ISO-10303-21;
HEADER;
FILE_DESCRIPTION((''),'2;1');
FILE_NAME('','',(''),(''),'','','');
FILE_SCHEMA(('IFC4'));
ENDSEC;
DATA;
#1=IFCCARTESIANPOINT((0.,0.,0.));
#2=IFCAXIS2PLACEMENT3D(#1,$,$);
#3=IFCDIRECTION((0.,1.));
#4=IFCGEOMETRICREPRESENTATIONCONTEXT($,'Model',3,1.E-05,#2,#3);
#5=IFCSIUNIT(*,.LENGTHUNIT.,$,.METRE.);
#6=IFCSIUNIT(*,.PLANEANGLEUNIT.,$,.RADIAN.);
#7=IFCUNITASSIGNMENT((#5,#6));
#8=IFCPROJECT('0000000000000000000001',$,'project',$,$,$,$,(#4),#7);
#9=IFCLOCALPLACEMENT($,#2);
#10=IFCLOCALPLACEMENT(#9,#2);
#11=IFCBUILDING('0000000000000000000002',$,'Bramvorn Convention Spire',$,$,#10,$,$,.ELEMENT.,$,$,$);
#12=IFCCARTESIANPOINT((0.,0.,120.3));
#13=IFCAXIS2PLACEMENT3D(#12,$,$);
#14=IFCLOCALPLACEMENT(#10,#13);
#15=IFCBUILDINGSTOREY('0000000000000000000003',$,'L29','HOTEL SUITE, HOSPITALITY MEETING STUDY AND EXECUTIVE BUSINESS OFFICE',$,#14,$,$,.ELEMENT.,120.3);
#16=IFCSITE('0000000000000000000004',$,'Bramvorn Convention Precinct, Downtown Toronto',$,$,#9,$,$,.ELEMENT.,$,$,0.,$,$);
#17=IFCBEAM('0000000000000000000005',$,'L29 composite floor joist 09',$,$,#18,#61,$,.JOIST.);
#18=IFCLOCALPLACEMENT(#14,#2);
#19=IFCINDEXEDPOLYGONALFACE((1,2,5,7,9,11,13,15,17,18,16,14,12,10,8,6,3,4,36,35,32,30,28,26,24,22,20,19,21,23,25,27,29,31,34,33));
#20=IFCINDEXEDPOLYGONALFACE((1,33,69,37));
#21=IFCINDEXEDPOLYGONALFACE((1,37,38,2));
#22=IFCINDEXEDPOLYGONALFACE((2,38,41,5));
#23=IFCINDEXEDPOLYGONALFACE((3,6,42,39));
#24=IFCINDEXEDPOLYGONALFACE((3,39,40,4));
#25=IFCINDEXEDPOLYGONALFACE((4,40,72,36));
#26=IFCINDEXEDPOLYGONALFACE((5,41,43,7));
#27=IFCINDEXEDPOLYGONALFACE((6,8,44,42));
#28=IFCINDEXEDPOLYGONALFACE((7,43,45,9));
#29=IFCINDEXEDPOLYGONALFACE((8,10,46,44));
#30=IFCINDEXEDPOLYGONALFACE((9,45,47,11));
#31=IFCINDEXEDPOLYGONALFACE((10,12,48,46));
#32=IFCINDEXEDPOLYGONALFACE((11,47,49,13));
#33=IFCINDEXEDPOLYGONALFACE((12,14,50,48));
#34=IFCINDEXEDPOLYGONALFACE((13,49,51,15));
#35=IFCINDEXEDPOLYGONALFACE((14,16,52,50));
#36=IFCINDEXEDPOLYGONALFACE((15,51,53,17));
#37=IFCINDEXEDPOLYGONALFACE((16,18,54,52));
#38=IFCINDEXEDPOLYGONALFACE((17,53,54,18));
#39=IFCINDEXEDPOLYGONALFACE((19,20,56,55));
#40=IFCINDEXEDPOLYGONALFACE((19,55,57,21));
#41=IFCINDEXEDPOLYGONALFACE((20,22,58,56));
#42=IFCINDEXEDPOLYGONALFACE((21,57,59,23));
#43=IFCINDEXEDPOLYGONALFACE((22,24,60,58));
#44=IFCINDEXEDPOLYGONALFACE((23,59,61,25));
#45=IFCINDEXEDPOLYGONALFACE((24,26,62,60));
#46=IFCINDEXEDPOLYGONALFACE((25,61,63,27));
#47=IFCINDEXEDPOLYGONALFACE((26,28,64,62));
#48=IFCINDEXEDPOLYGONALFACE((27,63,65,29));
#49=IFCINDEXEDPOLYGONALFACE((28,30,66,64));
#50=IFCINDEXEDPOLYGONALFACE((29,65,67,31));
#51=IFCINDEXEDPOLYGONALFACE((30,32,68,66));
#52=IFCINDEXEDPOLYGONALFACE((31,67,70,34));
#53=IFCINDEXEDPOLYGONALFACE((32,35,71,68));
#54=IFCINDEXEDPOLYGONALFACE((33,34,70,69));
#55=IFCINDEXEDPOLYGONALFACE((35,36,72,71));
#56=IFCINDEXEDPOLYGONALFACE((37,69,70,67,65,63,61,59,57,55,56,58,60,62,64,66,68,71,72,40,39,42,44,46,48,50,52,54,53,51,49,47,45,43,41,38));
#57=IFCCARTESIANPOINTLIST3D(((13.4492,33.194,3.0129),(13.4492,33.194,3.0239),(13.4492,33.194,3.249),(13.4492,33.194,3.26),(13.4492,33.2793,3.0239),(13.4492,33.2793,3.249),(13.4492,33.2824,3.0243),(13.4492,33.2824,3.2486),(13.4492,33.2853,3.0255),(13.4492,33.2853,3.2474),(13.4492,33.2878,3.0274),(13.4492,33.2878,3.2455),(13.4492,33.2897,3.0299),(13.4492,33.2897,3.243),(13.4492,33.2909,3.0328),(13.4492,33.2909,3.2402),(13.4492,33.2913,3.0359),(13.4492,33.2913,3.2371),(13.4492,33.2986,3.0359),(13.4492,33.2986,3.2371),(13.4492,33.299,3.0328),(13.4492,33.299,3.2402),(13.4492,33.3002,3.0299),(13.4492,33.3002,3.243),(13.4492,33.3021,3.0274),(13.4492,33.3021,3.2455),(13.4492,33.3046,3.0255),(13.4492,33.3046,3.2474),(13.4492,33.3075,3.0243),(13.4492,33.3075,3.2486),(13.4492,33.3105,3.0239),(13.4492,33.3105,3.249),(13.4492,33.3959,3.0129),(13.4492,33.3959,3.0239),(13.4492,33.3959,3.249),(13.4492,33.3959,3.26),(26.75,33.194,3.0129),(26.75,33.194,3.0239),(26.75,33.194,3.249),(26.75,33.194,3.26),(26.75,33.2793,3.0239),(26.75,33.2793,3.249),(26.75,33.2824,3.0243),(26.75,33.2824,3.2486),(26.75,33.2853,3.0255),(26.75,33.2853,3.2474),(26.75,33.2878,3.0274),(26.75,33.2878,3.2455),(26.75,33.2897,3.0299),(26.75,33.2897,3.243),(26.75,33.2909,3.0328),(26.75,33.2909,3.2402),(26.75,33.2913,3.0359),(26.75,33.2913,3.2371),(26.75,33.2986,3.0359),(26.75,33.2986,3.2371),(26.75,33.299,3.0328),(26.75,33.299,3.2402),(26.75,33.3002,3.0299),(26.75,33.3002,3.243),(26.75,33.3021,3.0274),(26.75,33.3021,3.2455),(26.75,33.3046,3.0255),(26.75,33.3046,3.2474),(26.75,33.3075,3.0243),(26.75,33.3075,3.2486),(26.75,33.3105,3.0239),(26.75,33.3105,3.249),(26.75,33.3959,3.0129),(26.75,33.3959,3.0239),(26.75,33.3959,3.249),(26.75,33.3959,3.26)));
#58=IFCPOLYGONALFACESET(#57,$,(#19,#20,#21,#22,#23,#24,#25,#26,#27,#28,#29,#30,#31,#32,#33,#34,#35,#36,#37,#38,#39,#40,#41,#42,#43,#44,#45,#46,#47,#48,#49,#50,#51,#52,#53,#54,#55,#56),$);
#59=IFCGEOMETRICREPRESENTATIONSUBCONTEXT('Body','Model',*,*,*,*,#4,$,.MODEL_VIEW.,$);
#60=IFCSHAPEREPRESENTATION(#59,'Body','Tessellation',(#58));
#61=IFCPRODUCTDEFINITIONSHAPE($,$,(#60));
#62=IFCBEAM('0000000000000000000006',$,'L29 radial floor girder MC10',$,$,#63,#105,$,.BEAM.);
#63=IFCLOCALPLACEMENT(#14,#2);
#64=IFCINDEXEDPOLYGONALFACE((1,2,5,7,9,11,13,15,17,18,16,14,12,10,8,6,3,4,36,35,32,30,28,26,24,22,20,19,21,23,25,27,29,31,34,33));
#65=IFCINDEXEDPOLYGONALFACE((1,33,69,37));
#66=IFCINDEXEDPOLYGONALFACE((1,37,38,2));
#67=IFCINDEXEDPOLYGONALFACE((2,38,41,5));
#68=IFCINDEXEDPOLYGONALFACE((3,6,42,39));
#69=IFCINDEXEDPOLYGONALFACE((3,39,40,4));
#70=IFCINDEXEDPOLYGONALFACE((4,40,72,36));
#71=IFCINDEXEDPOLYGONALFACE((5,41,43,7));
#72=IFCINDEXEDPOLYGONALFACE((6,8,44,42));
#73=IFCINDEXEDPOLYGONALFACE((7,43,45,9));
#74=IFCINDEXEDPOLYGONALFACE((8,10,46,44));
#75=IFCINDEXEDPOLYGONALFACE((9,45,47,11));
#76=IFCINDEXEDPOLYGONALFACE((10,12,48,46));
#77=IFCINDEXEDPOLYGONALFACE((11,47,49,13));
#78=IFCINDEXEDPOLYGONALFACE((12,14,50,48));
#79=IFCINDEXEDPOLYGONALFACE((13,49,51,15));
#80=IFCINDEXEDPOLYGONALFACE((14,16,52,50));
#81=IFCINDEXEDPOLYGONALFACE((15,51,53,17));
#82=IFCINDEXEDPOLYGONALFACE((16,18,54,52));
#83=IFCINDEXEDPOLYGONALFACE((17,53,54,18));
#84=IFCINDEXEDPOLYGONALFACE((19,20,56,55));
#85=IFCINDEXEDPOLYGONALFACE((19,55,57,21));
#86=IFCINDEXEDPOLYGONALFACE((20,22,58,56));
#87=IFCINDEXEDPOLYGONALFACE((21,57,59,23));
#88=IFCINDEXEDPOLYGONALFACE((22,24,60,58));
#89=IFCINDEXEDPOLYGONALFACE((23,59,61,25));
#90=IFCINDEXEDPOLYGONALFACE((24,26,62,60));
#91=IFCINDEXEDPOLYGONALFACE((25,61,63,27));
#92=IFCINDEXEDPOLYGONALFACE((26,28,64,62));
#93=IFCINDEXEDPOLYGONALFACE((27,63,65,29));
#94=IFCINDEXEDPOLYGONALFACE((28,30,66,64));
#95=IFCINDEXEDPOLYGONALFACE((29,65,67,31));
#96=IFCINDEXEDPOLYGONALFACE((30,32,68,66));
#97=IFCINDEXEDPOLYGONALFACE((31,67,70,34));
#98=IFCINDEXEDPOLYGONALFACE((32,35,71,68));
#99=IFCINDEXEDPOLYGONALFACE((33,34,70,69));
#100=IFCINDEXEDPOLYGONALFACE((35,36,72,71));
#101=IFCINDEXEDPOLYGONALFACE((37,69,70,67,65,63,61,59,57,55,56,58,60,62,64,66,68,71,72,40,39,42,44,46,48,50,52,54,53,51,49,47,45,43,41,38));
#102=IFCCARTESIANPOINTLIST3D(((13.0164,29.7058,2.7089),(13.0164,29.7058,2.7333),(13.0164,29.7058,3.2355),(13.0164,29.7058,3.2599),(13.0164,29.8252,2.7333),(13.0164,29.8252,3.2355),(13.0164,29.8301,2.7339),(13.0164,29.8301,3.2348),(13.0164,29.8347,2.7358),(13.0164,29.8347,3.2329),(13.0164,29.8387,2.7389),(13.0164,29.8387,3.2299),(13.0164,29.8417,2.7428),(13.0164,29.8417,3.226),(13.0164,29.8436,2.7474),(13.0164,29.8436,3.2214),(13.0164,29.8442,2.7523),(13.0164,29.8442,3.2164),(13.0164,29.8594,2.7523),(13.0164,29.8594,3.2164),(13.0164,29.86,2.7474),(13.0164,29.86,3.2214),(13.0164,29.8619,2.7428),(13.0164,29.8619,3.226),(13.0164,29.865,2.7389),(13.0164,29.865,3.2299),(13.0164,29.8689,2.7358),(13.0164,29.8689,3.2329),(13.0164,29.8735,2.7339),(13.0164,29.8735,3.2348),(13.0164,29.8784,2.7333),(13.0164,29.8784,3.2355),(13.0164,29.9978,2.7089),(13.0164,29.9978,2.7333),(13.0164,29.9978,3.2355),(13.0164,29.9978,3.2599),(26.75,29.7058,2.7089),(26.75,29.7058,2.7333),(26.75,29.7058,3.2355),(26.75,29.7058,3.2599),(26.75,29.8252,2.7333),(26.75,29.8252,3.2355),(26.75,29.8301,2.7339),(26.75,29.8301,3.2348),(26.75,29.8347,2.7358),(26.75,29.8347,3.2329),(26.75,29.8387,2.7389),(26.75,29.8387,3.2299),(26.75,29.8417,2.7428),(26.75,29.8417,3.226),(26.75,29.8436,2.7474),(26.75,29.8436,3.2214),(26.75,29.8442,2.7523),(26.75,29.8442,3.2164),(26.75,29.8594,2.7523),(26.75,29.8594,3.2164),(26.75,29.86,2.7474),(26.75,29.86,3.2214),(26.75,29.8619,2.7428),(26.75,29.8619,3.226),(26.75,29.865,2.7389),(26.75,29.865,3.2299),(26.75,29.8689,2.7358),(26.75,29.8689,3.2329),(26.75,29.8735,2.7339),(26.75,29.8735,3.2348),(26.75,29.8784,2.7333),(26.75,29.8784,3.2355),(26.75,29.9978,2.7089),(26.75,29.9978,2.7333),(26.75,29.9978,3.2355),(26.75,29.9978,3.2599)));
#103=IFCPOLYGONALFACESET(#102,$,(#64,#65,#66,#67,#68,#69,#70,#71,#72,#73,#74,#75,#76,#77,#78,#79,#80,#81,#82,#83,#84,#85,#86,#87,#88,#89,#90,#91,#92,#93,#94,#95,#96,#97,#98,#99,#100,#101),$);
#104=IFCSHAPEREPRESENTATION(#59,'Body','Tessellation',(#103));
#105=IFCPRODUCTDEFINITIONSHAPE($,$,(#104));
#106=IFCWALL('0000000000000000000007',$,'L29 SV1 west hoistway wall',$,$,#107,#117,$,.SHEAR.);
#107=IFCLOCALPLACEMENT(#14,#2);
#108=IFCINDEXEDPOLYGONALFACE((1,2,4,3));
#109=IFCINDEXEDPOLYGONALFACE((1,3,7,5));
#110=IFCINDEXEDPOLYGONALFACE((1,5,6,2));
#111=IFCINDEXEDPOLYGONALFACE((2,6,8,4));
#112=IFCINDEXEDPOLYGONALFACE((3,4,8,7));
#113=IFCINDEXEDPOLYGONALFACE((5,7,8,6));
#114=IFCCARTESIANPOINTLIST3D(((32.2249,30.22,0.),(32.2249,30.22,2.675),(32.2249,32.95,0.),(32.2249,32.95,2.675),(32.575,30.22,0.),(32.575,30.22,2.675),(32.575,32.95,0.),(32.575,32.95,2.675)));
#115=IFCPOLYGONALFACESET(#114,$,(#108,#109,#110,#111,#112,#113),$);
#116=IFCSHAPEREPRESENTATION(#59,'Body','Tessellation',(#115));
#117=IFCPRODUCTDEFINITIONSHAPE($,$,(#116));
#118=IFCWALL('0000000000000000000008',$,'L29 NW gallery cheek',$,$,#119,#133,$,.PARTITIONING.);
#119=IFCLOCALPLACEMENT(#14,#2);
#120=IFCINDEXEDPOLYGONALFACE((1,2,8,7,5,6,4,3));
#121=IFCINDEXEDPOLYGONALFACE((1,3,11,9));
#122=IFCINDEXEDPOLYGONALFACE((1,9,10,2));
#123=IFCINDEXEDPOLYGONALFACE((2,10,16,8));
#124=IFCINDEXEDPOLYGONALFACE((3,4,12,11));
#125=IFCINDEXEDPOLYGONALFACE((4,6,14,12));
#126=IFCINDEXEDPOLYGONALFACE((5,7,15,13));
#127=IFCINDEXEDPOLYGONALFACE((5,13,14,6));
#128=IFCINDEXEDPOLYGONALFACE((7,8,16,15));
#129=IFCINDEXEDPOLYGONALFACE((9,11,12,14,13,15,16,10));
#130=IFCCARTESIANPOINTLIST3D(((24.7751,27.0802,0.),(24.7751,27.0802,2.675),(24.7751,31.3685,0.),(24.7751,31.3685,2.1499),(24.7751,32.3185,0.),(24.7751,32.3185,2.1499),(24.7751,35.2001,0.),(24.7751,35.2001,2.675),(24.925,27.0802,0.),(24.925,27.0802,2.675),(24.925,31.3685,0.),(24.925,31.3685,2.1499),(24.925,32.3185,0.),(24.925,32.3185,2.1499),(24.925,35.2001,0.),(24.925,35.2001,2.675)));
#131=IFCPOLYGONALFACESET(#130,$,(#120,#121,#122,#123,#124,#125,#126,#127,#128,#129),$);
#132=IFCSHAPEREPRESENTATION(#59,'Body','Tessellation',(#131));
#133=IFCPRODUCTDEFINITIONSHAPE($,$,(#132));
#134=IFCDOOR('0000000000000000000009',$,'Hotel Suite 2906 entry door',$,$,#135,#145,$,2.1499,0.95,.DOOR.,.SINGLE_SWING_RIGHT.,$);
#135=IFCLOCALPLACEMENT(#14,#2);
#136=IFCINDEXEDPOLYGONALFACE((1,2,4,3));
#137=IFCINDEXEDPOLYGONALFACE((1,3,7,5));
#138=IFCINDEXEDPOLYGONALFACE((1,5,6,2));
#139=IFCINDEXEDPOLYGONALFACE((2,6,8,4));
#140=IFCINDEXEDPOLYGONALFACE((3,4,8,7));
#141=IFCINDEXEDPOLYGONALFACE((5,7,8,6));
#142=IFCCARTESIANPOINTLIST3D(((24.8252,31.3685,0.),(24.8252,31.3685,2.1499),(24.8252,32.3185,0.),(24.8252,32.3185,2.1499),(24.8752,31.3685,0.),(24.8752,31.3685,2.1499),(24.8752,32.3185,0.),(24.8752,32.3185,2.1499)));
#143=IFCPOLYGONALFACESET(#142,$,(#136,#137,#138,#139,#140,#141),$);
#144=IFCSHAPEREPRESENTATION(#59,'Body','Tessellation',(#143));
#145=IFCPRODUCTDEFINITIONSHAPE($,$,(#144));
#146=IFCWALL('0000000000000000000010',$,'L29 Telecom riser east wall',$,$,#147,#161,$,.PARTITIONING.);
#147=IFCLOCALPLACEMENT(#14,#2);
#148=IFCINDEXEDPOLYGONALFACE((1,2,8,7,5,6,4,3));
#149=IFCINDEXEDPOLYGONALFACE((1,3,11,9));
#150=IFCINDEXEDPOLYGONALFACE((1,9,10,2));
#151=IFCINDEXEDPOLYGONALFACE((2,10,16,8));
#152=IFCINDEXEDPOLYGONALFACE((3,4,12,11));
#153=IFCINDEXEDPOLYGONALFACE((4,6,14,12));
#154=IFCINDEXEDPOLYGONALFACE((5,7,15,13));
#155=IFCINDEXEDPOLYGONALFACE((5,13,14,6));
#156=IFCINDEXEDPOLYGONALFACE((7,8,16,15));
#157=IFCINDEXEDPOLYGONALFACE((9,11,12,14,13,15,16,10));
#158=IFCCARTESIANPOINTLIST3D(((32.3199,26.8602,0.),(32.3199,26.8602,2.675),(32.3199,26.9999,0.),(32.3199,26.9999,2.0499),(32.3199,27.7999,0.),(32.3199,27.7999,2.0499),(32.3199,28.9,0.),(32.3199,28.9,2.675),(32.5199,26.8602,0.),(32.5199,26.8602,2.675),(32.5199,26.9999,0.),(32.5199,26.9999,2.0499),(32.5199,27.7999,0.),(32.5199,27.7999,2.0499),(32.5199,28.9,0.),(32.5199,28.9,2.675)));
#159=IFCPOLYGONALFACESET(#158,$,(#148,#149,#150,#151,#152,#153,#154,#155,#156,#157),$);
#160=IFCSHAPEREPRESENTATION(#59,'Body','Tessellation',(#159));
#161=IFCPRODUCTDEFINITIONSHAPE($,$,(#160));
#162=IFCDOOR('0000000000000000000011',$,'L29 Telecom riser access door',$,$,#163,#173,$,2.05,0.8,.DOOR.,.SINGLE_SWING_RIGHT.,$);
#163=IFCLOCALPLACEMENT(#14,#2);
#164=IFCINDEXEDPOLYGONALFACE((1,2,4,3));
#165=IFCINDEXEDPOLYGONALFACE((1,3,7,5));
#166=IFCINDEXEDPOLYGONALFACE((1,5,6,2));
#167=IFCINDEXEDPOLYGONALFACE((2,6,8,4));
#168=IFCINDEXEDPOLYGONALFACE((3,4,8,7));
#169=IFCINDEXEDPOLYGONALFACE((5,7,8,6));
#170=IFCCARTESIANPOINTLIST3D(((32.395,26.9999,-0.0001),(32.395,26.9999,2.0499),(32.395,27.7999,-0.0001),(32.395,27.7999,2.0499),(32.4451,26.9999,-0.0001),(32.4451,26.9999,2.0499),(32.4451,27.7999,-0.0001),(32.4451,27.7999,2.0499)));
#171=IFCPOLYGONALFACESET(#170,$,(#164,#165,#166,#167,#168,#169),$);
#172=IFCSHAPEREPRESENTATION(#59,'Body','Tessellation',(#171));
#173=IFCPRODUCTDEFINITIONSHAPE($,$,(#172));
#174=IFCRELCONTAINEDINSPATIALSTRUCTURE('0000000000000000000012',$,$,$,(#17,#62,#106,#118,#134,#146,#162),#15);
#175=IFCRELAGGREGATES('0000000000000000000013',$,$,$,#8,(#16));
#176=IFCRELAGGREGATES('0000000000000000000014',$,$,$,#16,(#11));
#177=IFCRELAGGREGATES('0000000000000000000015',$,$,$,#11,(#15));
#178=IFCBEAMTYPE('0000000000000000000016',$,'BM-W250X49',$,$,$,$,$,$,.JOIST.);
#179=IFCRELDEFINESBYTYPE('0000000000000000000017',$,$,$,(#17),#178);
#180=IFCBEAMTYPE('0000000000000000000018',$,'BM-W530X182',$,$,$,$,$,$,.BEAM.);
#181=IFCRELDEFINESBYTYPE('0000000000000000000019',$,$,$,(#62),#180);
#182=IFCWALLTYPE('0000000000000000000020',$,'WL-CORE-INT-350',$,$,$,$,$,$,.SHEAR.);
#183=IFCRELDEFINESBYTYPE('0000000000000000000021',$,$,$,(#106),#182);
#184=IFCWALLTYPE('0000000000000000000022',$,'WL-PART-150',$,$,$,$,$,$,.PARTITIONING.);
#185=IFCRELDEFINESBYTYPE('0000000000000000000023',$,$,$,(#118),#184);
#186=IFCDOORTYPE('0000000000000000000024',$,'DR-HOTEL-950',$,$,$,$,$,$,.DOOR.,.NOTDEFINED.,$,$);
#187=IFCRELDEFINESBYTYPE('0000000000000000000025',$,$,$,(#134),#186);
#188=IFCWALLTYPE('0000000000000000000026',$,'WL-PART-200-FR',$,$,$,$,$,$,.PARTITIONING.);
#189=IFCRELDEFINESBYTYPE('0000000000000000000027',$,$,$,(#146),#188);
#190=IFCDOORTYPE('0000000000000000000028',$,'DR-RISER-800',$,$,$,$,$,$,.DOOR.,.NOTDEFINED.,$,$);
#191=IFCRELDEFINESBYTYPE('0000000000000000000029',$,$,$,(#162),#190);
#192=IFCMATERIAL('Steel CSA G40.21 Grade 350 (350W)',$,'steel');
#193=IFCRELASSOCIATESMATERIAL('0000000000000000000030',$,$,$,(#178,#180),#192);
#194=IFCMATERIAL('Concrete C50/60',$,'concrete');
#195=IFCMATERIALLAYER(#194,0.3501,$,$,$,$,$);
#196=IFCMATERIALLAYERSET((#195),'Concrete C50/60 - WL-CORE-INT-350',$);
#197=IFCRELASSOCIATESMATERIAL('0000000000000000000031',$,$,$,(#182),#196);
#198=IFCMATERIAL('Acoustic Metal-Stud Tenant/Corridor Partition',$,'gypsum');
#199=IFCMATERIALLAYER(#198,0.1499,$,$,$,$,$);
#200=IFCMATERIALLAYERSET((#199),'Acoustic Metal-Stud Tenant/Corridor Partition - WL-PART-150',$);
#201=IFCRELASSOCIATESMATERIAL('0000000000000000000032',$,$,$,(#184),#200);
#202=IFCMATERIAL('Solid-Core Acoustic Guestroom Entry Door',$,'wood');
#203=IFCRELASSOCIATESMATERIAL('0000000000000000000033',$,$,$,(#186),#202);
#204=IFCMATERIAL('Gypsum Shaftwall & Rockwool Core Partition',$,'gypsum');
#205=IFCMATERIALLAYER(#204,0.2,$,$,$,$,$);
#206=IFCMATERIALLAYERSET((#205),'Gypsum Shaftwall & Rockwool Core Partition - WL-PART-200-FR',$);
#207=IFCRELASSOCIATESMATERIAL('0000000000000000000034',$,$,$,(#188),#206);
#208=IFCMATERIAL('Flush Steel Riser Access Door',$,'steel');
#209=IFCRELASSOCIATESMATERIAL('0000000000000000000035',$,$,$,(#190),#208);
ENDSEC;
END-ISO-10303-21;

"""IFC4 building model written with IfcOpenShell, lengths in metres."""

from ifc_helpers import new_model, si_unit, direction, frame, frame_2d, origin, origin_2d, place, context, subcontext, project, spatial, rectangle, i_section, extrude, material, layer, layer_set, material_profile, profile_set, type_object, element, fill, save


model = new_model("IFC4")

# Units and contexts
model_context = context("Model", 3, precision=1e-05, world=origin(), true_north=direction((0.0, 1.0)))
body_context = subcontext(model_context, "Body", "Model", "MODEL_VIEW")
ifc_project = project(units=[si_unit("LENGTHUNIT", "METRE"), si_unit("PLANEANGLEUNIT", "RADIAN")], contexts=[model_context])

# Site, building, storey
site_placement = place(None, origin())
site = spatial("IfcSite", under=ifc_project, at=site_placement, Name="Bramvorn Convention Precinct, Downtown Toronto", CompositionType="ELEMENT", RefElevation=0.0)
building_placement = place(site_placement, origin())
building = spatial("IfcBuilding", under=site, at=building_placement, Name="Bramvorn Convention Spire", CompositionType="ELEMENT")
storey_placement = place(building_placement, frame((0.0, 0.0, 120.3)))
storey = spatial("IfcBuildingStorey", under=building, at=storey_placement, Name="L29", Description="HOTEL SUITE, HOSPITALITY MEETING STUDY AND EXECUTIVE BUSINESS OFFICE", CompositionType="ELEMENT", Elevation=120.3)

# Beams
ifc_material_1 = material(Name="Steel CSA G40.21 Grade 350 (350W)", Category="steel")
ifc_material_profile_1 = material_profile(ifc_material_1, i_section(OverallWidth=0.2019, OverallDepth=0.2471, WebThickness=0.0073, FlangeThickness=0.011, FilletRadius=0.012, at=origin_2d()))
ifc_profile_set_1 = profile_set([ifc_material_profile_1], Name="Steel CSA G40.21 Grade 350 (350W) - W250X49")
beam_type_1 = type_object("IfcBeamType", Name="BM-W250X49", PredefinedType="JOIST", material=ifc_profile_set_1)
beam_1_placement = place(storey_placement, frame((26.75, 33.2949, 3.1365), z_axis=(-1.0, 0.0, 0.0), x_axis=(0.0, -1.0, 0.0)))
element("IfcBeam", 1, at=beam_1_placement, inside=storey, type_object=beam_type_1, Name="L29 composite floor joist 09", PredefinedType="JOIST", context=body_context, shape_type="SweptSolid", body=[
    extrude(i_section(OverallWidth=0.2019, OverallDepth=0.2471, WebThickness=0.0073, FlangeThickness=0.011, FilletRadius=0.012, at=origin_2d()), origin(), (0.0, 0.0, 1.0), 13.3008),
])
ifc_material_profile_2 = material_profile(ifc_material_1, i_section(OverallWidth=0.292, OverallDepth=0.551, WebThickness=0.0151, FlangeThickness=0.0244, FilletRadius=0.019, at=origin_2d()))
ifc_profile_set_2 = profile_set([ifc_material_profile_2], Name="Steel CSA G40.21 Grade 350 (350W) - W530X182")
beam_type_2 = type_object("IfcBeamType", Name="BM-W530X182", PredefinedType="BEAM", material=ifc_profile_set_2)
beam_2_placement = place(storey_placement, frame((26.75, 29.8518, 2.9844), z_axis=(-1.0, 0.0, 0.0), x_axis=(0.0, -1.0, 0.0)))
element("IfcBeam", 2, at=beam_2_placement, inside=storey, type_object=beam_type_2, Name="L29 radial floor girder MC10", PredefinedType="BEAM", context=body_context, shape_type="SweptSolid", body=[
    extrude(i_section(OverallWidth=0.292, OverallDepth=0.551, WebThickness=0.0151, FlangeThickness=0.0244, FilletRadius=0.019, at=origin_2d()), origin(), (0.0, 0.0, 1.0), 13.7336),
])

# Shared definitions
ifc_material_2 = material(Name="Concrete C50/60", Category="concrete")
ifc_layer_1 = layer(ifc_material_2, 0.3501)
ifc_layer_set_1 = layer_set([ifc_layer_1], Name="Concrete C50/60 - WL-CORE-INT-350")
wall_type_1 = type_object("IfcWallType", Name="WL-CORE-INT-350", PredefinedType="SHEAR", material=ifc_layer_set_1)

# Wall
wall_1_placement = place(storey_placement, frame((32.3999, 30.22, 0.0), z_axis=(0.0, 0.0, 1.0), x_axis=(0.0, 1.0, 0.0)))
element("IfcWall", 3, at=wall_1_placement, inside=storey, type_object=wall_type_1, Name="L29 SV1 west hoistway wall", PredefinedType="SHEAR", context=body_context, shape_type="SweptSolid", body=[
    extrude(rectangle(XDim=2.73, YDim=0.3501, at=frame_2d((1.365, 0.0))), origin(), (0.0, 0.0, 1.0), 2.675),
])

# Walls, openings, doors
ifc_material_3 = material(Name="Acoustic Metal-Stud Tenant/Corridor Partition", Category="gypsum")
ifc_layer_2 = layer(ifc_material_3, 0.1499)
ifc_layer_set_2 = layer_set([ifc_layer_2], Name="Acoustic Metal-Stud Tenant/Corridor Partition - WL-PART-150")
wall_type_2 = type_object("IfcWallType", Name="WL-PART-150", PredefinedType="PARTITIONING", material=ifc_layer_set_2)
wall_2_placement = place(storey_placement, frame((24.8501, 27.0801, 0.0), z_axis=(0.0, 0.0, 1.0), x_axis=(0.0, 1.0, 0.0)))
wall_2 = element("IfcWall", 4, at=wall_2_placement, inside=storey, type_object=wall_type_2, Name="L29 NW gallery cheek", PredefinedType="PARTITIONING", context=body_context, shape_type="SweptSolid", body=[
    extrude(rectangle(XDim=8.1199, YDim=0.1499, at=frame_2d((4.0601, 0.0))), origin(), (0.0, 0.0, 1.0), 2.675),
])
opening_1_placement = place(wall_2_placement, frame((4.2883, 0.0, 0.0)))
opening_1 = element("IfcOpeningElement", 5, at=opening_1_placement, cuts=wall_2, PredefinedType="OPENING", context=body_context, shape_type="SweptSolid", body=[
    extrude(rectangle(XDim=0.95, YDim=2.1499, at=frame_2d((0.4751, 1.075))), frame((0.0, 0.085, 0.0), z_axis=(0.0, -1.0, 0.0), x_axis=(1.0, 0.0, 0.0)), (0.0, 0.0, 1.0), 0.1699),
])
ifc_material_4 = material(Name="Solid-Core Acoustic Guestroom Entry Door", Category="wood")
door_type_1 = type_object("IfcDoorType", Name="DR-HOTEL-950", OperationType="NOTDEFINED", PredefinedType="DOOR", material=ifc_material_4)
door_1_placement = place(opening_1_placement, origin())
door_1 = element("IfcDoor", 6, at=door_1_placement, inside=storey, type_object=door_type_1, Name="Hotel Suite 2906 entry door", OperationType="SINGLE_SWING_RIGHT", OverallHeight=2.1499, OverallWidth=0.95, PredefinedType="DOOR", context=body_context, shape_type="SweptSolid", body=[
    extrude(rectangle(XDim=0.95, YDim=2.1499, at=frame_2d((0.4751, 1.075))), frame((0.0, 0.0249, 0.0), z_axis=(0.0, -1.0, 0.0), x_axis=(1.0, 0.0, 0.0)), (0.0, 0.0, 1.0), 0.05),
])
fill(opening_1, door_1)
ifc_material_5 = material(Name="Gypsum Shaftwall & Rockwool Core Partition", Category="gypsum")
ifc_layer_3 = layer(ifc_material_5, 0.2)
ifc_layer_set_3 = layer_set([ifc_layer_3], Name="Gypsum Shaftwall & Rockwool Core Partition - WL-PART-200-FR")
wall_type_3 = type_object("IfcWallType", Name="WL-PART-200-FR", PredefinedType="PARTITIONING", material=ifc_layer_set_3)
wall_3_placement = place(storey_placement, frame((32.4199, 26.8601, 0.0), z_axis=(0.0, 0.0, 1.0), x_axis=(0.0, 1.0, 0.0)))
wall_3 = element("IfcWall", 7, at=wall_3_placement, inside=storey, type_object=wall_type_3, Name="L29 Telecom riser east wall", PredefinedType="PARTITIONING", context=body_context, shape_type="SweptSolid", body=[
    extrude(rectangle(XDim=2.0398, YDim=0.2, at=frame_2d((1.02, 0.0))), origin(), (0.0, 0.0, 1.0), 2.675),
])
opening_2_placement = place(wall_3_placement, frame((0.1399, 0.0, 0.0)))
opening_2 = element("IfcOpeningElement", 8, at=opening_2_placement, cuts=wall_3, PredefinedType="OPENING", context=body_context, shape_type="SweptSolid", body=[
    extrude(rectangle(XDim=0.8, YDim=2.05, at=frame_2d((0.3999, 1.0249))), frame((0.0, 0.1099, 0.0), z_axis=(0.0, -1.0, 0.0), x_axis=(1.0, 0.0, 0.0)), (0.0, 0.0, 1.0), 0.22),
])
ifc_material_6 = material(Name="Flush Steel Riser Access Door", Category="steel")
door_type_2 = type_object("IfcDoorType", Name="DR-RISER-800", OperationType="NOTDEFINED", PredefinedType="DOOR", material=ifc_material_6)
door_2_placement = place(opening_2_placement, origin())
door_2 = element("IfcDoor", 9, at=door_2_placement, inside=storey, type_object=door_type_2, Name="L29 Telecom riser access door", OperationType="SINGLE_SWING_RIGHT", OverallHeight=2.05, OverallWidth=0.8, PredefinedType="DOOR", context=body_context, shape_type="SweptSolid", body=[
    extrude(rectangle(XDim=0.8, YDim=2.05, at=frame_2d((0.3999, 1.0249))), frame((0.0, 0.0249, 0.0), z_axis=(0.0, -1.0, 0.0), x_axis=(1.0, 0.0, 0.0)), (0.0, 0.0, 1.0), 0.05),
])
fill(opening_2, door_2)

save(model, "model.ifc")
